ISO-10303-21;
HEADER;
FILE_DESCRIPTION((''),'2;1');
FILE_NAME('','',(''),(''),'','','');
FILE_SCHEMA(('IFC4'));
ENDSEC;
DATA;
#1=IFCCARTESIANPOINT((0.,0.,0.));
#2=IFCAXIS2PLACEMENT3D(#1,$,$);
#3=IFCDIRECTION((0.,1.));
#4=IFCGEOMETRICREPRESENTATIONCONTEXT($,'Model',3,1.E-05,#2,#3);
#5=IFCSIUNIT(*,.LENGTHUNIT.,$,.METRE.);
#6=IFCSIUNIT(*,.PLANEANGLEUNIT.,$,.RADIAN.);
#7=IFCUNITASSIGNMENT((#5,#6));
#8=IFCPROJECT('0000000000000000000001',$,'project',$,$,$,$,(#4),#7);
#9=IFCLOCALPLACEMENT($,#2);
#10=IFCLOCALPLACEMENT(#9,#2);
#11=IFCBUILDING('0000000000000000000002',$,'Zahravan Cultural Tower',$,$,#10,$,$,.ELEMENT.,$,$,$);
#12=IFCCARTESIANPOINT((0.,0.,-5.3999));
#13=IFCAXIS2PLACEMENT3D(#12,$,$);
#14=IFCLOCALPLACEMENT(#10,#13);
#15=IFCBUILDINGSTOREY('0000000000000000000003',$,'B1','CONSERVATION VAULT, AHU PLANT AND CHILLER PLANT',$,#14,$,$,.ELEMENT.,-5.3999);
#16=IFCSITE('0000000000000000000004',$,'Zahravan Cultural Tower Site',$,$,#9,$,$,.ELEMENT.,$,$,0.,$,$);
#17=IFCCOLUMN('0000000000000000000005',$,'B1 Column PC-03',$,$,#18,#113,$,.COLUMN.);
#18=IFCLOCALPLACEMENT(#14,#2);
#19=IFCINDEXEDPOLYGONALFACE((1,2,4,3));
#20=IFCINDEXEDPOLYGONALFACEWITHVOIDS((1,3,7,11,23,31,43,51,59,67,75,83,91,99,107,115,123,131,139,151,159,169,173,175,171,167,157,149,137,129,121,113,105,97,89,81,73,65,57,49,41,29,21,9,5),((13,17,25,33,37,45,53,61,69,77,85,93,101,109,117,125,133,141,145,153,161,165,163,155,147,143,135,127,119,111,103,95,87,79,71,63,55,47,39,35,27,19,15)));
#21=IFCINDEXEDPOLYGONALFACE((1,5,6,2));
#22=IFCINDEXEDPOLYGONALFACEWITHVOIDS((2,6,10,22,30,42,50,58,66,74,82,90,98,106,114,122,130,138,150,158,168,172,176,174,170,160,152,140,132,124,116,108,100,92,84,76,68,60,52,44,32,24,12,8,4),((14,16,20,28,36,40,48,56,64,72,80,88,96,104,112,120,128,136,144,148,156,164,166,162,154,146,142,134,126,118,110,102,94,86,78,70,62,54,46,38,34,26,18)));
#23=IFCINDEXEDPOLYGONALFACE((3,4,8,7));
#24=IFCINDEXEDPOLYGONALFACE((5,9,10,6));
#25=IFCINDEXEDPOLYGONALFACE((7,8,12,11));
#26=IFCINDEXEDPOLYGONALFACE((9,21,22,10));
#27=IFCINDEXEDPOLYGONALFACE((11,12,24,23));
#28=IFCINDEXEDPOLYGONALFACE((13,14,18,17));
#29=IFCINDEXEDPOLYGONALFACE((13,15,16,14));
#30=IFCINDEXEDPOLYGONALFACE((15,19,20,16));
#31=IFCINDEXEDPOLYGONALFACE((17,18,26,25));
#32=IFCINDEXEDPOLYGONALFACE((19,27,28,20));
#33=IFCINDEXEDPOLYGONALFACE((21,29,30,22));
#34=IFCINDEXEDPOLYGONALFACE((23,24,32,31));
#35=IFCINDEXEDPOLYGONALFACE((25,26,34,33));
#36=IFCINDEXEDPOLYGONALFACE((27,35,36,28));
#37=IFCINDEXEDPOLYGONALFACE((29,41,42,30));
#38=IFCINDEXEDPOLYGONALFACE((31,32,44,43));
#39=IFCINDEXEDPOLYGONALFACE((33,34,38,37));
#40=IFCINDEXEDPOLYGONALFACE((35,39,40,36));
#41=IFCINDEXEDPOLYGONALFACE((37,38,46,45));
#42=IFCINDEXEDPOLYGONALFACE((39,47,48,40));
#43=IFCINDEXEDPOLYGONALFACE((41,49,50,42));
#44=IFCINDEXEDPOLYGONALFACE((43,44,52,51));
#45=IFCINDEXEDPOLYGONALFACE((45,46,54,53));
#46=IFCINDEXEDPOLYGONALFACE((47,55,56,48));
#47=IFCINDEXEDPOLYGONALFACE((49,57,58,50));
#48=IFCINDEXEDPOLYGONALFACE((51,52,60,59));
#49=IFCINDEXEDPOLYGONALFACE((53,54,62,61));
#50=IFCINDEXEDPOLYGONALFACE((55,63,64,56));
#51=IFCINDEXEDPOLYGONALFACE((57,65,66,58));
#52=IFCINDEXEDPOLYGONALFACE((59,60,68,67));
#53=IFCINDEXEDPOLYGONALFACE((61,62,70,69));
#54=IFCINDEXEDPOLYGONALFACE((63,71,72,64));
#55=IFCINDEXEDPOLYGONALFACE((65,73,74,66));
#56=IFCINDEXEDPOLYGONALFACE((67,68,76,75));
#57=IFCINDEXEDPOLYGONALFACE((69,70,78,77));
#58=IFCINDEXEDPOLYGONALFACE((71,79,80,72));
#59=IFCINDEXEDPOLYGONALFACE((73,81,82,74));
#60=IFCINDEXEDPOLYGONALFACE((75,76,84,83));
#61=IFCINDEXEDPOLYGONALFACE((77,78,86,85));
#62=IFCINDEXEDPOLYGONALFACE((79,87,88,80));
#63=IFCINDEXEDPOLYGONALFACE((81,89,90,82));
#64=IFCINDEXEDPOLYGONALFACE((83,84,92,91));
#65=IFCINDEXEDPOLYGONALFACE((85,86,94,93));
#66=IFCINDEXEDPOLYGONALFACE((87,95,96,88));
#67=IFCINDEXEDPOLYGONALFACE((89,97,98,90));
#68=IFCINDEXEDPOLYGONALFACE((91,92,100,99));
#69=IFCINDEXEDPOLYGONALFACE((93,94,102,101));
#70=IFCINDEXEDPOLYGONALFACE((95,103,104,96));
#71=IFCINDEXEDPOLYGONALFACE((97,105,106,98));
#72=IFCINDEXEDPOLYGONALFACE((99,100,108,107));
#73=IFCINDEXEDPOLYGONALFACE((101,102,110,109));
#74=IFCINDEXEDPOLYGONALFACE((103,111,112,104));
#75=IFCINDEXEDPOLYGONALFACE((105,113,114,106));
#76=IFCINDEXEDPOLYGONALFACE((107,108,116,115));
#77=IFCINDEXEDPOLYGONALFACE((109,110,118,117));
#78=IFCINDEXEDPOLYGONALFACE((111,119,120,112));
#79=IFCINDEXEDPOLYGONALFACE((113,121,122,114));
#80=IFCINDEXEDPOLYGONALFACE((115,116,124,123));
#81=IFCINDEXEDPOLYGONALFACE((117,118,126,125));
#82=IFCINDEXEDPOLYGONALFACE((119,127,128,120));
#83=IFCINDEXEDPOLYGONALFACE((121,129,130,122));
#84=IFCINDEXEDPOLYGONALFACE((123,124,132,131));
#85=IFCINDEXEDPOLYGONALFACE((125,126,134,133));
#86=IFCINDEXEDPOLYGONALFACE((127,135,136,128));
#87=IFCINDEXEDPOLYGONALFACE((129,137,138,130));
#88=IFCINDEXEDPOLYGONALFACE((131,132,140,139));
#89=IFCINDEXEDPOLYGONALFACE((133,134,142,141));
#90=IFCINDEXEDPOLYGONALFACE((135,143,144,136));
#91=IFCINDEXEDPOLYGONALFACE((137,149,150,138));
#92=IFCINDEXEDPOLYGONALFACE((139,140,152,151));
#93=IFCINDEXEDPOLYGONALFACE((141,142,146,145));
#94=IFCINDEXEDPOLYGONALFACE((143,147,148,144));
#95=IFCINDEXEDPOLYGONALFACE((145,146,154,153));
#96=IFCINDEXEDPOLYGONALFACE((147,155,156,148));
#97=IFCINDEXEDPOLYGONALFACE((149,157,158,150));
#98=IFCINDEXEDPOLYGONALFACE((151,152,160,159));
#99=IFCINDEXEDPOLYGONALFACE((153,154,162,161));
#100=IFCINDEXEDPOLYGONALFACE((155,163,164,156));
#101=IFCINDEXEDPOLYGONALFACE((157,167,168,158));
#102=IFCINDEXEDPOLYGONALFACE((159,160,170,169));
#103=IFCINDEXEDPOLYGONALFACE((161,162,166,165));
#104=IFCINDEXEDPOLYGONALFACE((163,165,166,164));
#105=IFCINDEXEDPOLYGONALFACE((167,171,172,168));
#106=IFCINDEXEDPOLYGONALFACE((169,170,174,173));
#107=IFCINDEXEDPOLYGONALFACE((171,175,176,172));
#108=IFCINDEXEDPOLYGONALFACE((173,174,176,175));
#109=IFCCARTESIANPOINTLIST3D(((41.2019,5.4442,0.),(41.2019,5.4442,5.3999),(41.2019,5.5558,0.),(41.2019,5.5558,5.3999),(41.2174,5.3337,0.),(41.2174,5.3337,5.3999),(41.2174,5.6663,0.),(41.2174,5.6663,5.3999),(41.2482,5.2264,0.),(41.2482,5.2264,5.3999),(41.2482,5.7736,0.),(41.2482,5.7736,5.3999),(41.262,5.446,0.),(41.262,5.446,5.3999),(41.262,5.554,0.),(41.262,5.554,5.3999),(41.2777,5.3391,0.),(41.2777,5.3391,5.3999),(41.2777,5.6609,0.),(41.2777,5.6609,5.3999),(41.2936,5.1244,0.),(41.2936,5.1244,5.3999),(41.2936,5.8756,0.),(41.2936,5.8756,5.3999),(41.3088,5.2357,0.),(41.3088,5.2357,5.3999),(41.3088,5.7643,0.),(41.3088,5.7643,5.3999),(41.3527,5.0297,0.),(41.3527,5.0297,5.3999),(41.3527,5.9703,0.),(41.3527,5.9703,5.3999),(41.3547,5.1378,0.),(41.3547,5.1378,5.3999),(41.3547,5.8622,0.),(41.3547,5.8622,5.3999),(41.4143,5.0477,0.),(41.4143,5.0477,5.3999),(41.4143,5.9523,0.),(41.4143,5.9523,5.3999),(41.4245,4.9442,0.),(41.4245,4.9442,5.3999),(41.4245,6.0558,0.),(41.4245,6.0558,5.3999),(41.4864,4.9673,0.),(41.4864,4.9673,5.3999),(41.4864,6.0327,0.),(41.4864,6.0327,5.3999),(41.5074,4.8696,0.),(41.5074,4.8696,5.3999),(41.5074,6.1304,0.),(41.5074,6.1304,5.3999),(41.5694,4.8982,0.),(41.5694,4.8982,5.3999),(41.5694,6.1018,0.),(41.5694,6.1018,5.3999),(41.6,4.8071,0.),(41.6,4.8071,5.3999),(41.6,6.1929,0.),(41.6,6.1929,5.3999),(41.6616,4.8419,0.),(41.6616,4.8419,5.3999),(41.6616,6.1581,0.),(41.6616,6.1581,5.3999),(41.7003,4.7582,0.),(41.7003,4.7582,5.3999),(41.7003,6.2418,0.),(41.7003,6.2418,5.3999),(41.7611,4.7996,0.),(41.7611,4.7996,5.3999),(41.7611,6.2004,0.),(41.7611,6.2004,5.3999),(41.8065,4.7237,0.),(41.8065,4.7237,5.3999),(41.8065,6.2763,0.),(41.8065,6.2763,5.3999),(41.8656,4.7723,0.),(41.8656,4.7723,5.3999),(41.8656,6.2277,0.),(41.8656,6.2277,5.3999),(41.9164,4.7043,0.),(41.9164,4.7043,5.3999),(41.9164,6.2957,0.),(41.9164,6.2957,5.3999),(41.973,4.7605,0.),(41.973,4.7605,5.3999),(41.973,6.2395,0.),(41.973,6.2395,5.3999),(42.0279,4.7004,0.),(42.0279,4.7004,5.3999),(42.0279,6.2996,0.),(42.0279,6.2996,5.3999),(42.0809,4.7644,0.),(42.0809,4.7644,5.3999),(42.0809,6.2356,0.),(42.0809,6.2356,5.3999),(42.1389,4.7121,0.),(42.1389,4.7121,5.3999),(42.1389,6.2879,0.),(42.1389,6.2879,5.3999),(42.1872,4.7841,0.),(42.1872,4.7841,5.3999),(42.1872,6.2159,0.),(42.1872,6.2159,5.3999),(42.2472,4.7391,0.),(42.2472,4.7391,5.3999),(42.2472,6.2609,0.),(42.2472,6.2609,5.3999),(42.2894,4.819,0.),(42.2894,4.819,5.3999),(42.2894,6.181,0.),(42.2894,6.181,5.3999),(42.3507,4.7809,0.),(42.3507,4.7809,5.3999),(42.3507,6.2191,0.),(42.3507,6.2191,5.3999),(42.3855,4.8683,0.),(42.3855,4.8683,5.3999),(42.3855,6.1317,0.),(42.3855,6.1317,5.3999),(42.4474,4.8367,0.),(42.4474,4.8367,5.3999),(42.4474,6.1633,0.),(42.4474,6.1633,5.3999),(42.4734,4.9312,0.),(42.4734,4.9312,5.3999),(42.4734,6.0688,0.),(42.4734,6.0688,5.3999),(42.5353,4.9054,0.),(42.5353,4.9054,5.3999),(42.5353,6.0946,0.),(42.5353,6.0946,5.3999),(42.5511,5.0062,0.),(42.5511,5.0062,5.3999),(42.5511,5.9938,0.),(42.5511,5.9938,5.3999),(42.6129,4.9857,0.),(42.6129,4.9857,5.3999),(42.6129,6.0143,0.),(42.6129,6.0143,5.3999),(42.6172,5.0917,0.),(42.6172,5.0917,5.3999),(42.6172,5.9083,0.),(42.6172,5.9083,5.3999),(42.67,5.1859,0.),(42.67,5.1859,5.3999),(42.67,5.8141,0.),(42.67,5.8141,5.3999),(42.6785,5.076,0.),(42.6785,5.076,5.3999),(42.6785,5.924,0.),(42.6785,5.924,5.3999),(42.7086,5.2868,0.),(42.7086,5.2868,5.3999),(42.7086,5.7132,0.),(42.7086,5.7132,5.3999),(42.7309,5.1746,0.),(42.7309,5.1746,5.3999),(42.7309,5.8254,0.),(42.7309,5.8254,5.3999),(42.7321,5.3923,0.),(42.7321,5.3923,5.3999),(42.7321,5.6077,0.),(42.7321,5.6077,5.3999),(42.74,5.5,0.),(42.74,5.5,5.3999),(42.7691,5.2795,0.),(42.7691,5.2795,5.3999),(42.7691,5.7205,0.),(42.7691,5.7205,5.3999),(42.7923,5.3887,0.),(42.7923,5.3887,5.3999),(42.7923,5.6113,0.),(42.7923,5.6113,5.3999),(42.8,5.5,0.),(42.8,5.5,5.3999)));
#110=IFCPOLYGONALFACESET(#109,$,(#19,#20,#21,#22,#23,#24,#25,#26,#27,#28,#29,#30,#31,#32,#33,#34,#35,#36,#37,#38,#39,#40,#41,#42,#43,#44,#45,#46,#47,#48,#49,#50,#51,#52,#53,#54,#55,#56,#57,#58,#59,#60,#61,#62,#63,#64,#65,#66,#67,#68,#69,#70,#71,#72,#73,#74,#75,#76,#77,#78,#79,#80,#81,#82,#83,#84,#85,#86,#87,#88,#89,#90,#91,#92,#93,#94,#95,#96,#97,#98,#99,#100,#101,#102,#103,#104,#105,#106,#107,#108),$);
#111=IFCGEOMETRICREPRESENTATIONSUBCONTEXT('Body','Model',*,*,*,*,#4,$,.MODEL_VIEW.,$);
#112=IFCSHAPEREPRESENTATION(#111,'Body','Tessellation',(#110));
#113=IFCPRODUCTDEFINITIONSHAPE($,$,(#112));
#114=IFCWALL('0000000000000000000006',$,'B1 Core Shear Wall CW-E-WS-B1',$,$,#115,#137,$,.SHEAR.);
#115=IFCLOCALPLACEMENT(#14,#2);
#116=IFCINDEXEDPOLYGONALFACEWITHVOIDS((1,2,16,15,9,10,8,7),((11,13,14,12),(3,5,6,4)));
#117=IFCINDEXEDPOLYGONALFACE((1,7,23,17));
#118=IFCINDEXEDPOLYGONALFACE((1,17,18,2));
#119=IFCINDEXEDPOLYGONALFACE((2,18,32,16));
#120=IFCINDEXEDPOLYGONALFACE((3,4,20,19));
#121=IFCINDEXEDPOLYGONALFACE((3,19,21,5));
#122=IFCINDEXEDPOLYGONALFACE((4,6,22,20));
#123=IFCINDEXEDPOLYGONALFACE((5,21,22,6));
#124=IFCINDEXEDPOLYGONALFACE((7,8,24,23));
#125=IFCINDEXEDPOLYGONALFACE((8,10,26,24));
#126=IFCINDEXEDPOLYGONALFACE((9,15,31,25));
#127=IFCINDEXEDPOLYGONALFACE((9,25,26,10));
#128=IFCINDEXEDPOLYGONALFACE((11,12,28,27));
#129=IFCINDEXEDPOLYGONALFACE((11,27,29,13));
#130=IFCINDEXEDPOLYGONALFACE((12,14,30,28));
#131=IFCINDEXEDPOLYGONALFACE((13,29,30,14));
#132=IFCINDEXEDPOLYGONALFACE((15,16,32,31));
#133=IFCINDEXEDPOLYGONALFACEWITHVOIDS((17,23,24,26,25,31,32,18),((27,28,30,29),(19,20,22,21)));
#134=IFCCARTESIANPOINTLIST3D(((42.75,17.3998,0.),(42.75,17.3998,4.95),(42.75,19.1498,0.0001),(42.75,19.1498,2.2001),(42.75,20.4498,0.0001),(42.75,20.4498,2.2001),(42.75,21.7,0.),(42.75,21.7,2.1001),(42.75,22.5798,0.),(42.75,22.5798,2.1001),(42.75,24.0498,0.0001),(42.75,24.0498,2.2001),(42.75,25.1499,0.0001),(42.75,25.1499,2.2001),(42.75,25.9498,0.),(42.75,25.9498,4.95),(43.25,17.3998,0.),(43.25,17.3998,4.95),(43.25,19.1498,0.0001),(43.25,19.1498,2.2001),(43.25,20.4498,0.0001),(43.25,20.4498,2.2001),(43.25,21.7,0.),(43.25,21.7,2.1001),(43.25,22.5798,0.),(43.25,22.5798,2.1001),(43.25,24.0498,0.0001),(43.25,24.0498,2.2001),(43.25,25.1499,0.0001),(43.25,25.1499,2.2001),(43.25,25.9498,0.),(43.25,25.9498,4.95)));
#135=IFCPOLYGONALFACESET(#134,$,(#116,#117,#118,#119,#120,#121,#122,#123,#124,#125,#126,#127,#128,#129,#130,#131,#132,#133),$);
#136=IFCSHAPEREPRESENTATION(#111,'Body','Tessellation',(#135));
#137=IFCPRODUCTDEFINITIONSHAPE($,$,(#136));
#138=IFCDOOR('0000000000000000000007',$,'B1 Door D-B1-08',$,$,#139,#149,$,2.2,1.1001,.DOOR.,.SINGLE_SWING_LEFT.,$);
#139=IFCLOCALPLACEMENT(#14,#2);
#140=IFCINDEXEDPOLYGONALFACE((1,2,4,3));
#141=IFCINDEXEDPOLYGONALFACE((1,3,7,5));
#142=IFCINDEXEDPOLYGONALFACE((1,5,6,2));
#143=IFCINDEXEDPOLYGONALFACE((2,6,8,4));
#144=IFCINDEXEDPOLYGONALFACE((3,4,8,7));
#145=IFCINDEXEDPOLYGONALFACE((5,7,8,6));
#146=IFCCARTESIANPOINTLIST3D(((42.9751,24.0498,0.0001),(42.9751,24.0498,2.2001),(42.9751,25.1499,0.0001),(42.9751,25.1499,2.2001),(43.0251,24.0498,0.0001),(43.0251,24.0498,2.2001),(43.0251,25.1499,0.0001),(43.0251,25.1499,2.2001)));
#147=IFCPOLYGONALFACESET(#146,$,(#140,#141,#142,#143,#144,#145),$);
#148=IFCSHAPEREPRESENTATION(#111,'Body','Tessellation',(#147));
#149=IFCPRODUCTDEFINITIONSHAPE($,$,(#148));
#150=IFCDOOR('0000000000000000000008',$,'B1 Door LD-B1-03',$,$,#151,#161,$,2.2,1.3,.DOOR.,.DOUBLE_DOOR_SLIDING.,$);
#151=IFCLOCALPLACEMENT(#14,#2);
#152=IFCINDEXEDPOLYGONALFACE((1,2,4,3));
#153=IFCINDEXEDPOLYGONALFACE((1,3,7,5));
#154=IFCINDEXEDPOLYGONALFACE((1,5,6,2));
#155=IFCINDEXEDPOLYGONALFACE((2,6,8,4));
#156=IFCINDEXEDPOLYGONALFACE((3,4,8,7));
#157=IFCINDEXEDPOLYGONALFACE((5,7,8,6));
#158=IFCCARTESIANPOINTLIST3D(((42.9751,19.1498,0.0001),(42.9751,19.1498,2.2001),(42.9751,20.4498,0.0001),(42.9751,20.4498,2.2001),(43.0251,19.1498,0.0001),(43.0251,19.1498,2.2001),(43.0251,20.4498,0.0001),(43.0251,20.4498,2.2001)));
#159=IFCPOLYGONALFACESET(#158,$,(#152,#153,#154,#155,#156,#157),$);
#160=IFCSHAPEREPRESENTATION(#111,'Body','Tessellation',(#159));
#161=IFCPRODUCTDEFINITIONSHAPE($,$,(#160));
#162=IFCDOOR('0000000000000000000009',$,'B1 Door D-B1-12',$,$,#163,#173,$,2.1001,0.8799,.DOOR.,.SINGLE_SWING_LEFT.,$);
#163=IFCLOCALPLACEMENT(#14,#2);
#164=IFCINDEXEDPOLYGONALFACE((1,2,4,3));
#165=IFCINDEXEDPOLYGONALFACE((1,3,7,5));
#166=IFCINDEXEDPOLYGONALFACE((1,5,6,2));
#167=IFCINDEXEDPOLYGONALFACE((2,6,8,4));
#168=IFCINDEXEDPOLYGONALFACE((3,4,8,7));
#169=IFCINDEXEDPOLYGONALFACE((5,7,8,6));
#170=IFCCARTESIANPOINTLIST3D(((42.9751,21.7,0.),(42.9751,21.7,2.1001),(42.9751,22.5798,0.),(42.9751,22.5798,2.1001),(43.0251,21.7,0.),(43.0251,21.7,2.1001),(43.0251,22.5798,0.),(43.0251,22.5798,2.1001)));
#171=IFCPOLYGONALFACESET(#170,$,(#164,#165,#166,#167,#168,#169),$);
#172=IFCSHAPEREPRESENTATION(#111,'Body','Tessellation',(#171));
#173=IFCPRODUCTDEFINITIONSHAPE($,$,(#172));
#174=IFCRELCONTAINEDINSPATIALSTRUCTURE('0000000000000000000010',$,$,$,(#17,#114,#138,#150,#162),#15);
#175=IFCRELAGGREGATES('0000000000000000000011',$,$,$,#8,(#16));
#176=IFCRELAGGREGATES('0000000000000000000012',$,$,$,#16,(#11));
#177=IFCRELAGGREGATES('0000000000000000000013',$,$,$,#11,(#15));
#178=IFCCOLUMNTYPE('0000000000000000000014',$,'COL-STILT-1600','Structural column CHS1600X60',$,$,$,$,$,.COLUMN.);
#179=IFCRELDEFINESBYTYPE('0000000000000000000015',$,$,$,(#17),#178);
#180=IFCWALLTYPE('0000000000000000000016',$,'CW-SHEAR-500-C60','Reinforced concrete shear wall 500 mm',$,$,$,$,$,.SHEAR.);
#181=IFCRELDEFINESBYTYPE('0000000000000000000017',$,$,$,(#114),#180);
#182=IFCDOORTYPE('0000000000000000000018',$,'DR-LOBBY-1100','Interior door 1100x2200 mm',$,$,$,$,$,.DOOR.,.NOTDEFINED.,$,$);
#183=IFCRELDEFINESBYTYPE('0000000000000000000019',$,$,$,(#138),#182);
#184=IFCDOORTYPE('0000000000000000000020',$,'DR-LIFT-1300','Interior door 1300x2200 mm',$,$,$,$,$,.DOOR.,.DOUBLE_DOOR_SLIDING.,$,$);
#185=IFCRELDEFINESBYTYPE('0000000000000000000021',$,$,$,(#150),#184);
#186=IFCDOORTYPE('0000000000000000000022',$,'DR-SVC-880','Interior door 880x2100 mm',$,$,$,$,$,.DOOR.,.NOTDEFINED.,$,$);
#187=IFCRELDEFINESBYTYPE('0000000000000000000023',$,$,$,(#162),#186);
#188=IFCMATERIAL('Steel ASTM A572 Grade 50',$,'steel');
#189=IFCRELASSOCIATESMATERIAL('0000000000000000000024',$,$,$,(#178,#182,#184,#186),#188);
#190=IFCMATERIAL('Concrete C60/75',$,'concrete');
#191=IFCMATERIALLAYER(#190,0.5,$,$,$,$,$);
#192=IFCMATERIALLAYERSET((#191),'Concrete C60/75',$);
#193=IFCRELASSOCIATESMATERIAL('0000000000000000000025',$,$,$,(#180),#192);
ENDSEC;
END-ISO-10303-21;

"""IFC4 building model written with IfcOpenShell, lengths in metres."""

from ifc_helpers import new_model, si_unit, direction, frame, frame_2d, origin, origin_2d, place, context, subcontext, project, spatial, rectangle, hollow_circle, extrude, source, transform, mapped, material, layer, layer_set, material_profile, profile_set, type_object, element, fill, save


model = new_model("IFC4")

# Units and contexts
model_context = context("Model", 3, precision=1e-05, world=origin(), true_north=direction((0.0, 1.0)))
body_context = subcontext(model_context, "Body", "Model", "MODEL_VIEW")
ifc_project = project(units=[si_unit("LENGTHUNIT", "METRE"), si_unit("PLANEANGLEUNIT", "RADIAN")], contexts=[model_context])

# Site, building, storey
site_placement = place(None, origin())
site = spatial("IfcSite", under=ifc_project, at=site_placement, Name="Zahravan Cultural Tower Site", CompositionType="ELEMENT", RefElevation=0.0)
building_placement = place(site_placement, origin())
building = spatial("IfcBuilding", under=site, at=building_placement, Name="Zahravan Cultural Tower", CompositionType="ELEMENT")
storey_placement = place(building_placement, frame((0.0, 0.0, -5.3999)))
storey = spatial("IfcBuildingStorey", under=building, at=storey_placement, Name="B1", Description="CONSERVATION VAULT, AHU PLANT AND CHILLER PLANT", CompositionType="ELEMENT", Elevation=-5.3999)

# Column
ifc_material_1 = material(Name="Concrete C60/75", Category="concrete")
ifc_material_2 = material(Name="Steel ASTM A572 Grade 50", Category="steel")
ifc_material_profile_1 = material_profile(ifc_material_2, hollow_circle(Radius=0.8, WallThickness=0.0601, at=origin_2d()), Name="CHS1600X60")
ifc_profile_set_1 = profile_set([ifc_material_profile_1], Name="Steel ASTM A572 Grade 50")
column_type_1 = type_object("IfcColumnType", Name="COL-STILT-1600", Description="Structural column CHS1600X60", PredefinedType="COLUMN", material=ifc_profile_set_1)
shared_shape_1 = source(origin(), body_context, "Body", "SweptSolid", [
    extrude(hollow_circle(Radius=0.8, WallThickness=0.0601, at=origin_2d()), origin(), (0.0, 0.0, 1.0), 5.3999),
])
column_1_placement = place(storey_placement, frame((42.0, 5.5, 0.0), z_axis=(0.0, 0.0, 1.0), x_axis=(1.0, 0.0, 0.0)))
element("IfcColumn", 1, at=column_1_placement, inside=storey, type_object=column_type_1, Name="B1 Column PC-03", PredefinedType="COLUMN", context=body_context, shape_type="MappedRepresentation", body=[
    mapped(shared_shape_1, transform((0.0, 0.0, 0.0), x_axis=(1.0, 0.0, 0.0), y_axis=(0.0, 1.0, 0.0), z_axis=(0.0, 0.0, 1.0), scale=1.0)),
])

# Wall, openings, doors
ifc_layer_1 = layer(ifc_material_1, 0.5)
ifc_layer_set_1 = layer_set([ifc_layer_1], Name="Concrete C60/75")
wall_type_1 = type_object("IfcWallType", Name="CW-SHEAR-500-C60", Description="Reinforced concrete shear wall 500 mm", PredefinedType="SHEAR", material=ifc_layer_set_1)
wall_1_placement = place(storey_placement, frame((43.0, 17.3999, 0.0), z_axis=(0.0, 0.0, 1.0), x_axis=(0.0, 1.0, 0.0)))
wall_1 = element("IfcWall", 2, at=wall_1_placement, inside=storey, type_object=wall_type_1, Name="B1 Core Shear Wall CW-E-WS-B1", PredefinedType="SHEAR", context=body_context, shape_type="SweptSolid", body=[
    extrude(rectangle(XDim=8.55, YDim=0.5, at=frame_2d((4.2749, 0.0))), origin(), (0.0, 0.0, 1.0), 4.95),
])
opening_1_placement = place(wall_1_placement, frame((6.6499, 0.0, 0.0)))
opening_1 = element("IfcOpeningElement", 3, at=opening_1_placement, cuts=wall_1, PredefinedType="OPENING", context=body_context, shape_type="SweptSolid", body=[
    extrude(rectangle(XDim=1.1001, YDim=2.2, at=frame_2d((0.55, 1.1001))), frame((0.0, 0.26, 0.0), z_axis=(0.0, -1.0, 0.0), x_axis=(1.0, 0.0, 0.0)), (0.0, 0.0, 1.0), 0.52),
])
opening_2_placement = place(wall_1_placement, frame((1.75, 0.0, 0.0)))
opening_2 = element("IfcOpeningElement", 4, at=opening_2_placement, cuts=wall_1, PredefinedType="OPENING", context=body_context, shape_type="SweptSolid", body=[
    extrude(rectangle(XDim=1.3, YDim=2.2, at=frame_2d((0.6499, 1.1001))), frame((0.0, 0.26, 0.0), z_axis=(0.0, -1.0, 0.0), x_axis=(1.0, 0.0, 0.0)), (0.0, 0.0, 1.0), 0.52),
])
opening_3_placement = place(wall_1_placement, frame((4.3, 0.0, 0.0)))
opening_3 = element("IfcOpeningElement", 5, at=opening_3_placement, cuts=wall_1, PredefinedType="OPENING", context=body_context, shape_type="SweptSolid", body=[
    extrude(rectangle(XDim=0.8799, YDim=2.1001, at=frame_2d((0.4399, 1.05))), frame((0.0, 0.26, 0.0), z_axis=(0.0, -1.0, 0.0), x_axis=(1.0, 0.0, 0.0)), (0.0, 0.0, 1.0), 0.52),
])
door_type_1 = type_object("IfcDoorType", Name="DR-LOBBY-1100", Description="Interior door 1100x2200 mm", OperationType="NOTDEFINED", PredefinedType="DOOR", material=ifc_material_2)
shared_shape_2 = source(origin(), body_context, "Body", "SweptSolid", [
    extrude(rectangle(XDim=1.1001, YDim=2.2, at=frame_2d((0.55, 1.1001))), frame((0.0, 0.0249, 0.0), z_axis=(0.0, -1.0, 0.0), x_axis=(1.0, 0.0, 0.0)), (0.0, 0.0, 1.0), 0.05),
])
door_1_placement = place(opening_1_placement, origin())
door_1 = element("IfcDoor", 6, at=door_1_placement, inside=storey, type_object=door_type_1, Name="B1 Door D-B1-08", OperationType="SINGLE_SWING_LEFT", OverallHeight=2.2, OverallWidth=1.1001, PredefinedType="DOOR", context=body_context, shape_type="MappedRepresentation", body=[
    mapped(shared_shape_2, transform((0.0, 0.0, 0.0), x_axis=(1.0, 0.0, 0.0), y_axis=(0.0, 1.0, 0.0), z_axis=(0.0, 0.0, 1.0), scale=1.0)),
])
fill(opening_1, door_1)
door_type_2 = type_object("IfcDoorType", Name="DR-LIFT-1300", Description="Interior door 1300x2200 mm", OperationType="DOUBLE_DOOR_SLIDING", PredefinedType="DOOR", material=ifc_material_2)
shared_shape_3 = source(origin(), body_context, "Body", "SweptSolid", [
    extrude(rectangle(XDim=1.3, YDim=2.2, at=frame_2d((0.6499, 1.1001))), frame((0.0, 0.0249, 0.0), z_axis=(0.0, -1.0, 0.0), x_axis=(1.0, 0.0, 0.0)), (0.0, 0.0, 1.0), 0.05),
])
door_2_placement = place(opening_2_placement, origin())
door_2 = element("IfcDoor", 7, at=door_2_placement, inside=storey, type_object=door_type_2, Name="B1 Door LD-B1-03", OperationType="DOUBLE_DOOR_SLIDING", OverallHeight=2.2, OverallWidth=1.3, PredefinedType="DOOR", context=body_context, shape_type="MappedRepresentation", body=[
    mapped(shared_shape_3, transform((0.0, 0.0, 0.0), x_axis=(1.0, 0.0, 0.0), y_axis=(0.0, 1.0, 0.0), z_axis=(0.0, 0.0, 1.0), scale=1.0)),
])
fill(opening_2, door_2)
door_type_3 = type_object("IfcDoorType", Name="DR-SVC-880", Description="Interior door 880x2100 mm", OperationType="NOTDEFINED", PredefinedType="DOOR", material=ifc_material_2)
shared_shape_4 = source(origin(), body_context, "Body", "SweptSolid", [
    extrude(rectangle(XDim=0.8799, YDim=2.1001, at=frame_2d((0.4399, 1.05))), frame((0.0, 0.0249, 0.0), z_axis=(0.0, -1.0, 0.0), x_axis=(1.0, 0.0, 0.0)), (0.0, 0.0, 1.0), 0.05),
])
door_3_placement = place(opening_3_placement, origin())
door_3 = element("IfcDoor", 8, at=door_3_placement, inside=storey, type_object=door_type_3, Name="B1 Door D-B1-12", OperationType="SINGLE_SWING_LEFT", OverallHeight=2.1001, OverallWidth=0.8799, PredefinedType="DOOR", context=body_context, shape_type="MappedRepresentation", body=[
    mapped(shared_shape_4, transform((0.0, 0.0, 0.0), x_axis=(1.0, 0.0, 0.0), y_axis=(0.0, 1.0, 0.0), z_axis=(0.0, 0.0, 1.0), scale=1.0)),
])
fill(opening_3, door_3)

save(model, "model.ifc")
